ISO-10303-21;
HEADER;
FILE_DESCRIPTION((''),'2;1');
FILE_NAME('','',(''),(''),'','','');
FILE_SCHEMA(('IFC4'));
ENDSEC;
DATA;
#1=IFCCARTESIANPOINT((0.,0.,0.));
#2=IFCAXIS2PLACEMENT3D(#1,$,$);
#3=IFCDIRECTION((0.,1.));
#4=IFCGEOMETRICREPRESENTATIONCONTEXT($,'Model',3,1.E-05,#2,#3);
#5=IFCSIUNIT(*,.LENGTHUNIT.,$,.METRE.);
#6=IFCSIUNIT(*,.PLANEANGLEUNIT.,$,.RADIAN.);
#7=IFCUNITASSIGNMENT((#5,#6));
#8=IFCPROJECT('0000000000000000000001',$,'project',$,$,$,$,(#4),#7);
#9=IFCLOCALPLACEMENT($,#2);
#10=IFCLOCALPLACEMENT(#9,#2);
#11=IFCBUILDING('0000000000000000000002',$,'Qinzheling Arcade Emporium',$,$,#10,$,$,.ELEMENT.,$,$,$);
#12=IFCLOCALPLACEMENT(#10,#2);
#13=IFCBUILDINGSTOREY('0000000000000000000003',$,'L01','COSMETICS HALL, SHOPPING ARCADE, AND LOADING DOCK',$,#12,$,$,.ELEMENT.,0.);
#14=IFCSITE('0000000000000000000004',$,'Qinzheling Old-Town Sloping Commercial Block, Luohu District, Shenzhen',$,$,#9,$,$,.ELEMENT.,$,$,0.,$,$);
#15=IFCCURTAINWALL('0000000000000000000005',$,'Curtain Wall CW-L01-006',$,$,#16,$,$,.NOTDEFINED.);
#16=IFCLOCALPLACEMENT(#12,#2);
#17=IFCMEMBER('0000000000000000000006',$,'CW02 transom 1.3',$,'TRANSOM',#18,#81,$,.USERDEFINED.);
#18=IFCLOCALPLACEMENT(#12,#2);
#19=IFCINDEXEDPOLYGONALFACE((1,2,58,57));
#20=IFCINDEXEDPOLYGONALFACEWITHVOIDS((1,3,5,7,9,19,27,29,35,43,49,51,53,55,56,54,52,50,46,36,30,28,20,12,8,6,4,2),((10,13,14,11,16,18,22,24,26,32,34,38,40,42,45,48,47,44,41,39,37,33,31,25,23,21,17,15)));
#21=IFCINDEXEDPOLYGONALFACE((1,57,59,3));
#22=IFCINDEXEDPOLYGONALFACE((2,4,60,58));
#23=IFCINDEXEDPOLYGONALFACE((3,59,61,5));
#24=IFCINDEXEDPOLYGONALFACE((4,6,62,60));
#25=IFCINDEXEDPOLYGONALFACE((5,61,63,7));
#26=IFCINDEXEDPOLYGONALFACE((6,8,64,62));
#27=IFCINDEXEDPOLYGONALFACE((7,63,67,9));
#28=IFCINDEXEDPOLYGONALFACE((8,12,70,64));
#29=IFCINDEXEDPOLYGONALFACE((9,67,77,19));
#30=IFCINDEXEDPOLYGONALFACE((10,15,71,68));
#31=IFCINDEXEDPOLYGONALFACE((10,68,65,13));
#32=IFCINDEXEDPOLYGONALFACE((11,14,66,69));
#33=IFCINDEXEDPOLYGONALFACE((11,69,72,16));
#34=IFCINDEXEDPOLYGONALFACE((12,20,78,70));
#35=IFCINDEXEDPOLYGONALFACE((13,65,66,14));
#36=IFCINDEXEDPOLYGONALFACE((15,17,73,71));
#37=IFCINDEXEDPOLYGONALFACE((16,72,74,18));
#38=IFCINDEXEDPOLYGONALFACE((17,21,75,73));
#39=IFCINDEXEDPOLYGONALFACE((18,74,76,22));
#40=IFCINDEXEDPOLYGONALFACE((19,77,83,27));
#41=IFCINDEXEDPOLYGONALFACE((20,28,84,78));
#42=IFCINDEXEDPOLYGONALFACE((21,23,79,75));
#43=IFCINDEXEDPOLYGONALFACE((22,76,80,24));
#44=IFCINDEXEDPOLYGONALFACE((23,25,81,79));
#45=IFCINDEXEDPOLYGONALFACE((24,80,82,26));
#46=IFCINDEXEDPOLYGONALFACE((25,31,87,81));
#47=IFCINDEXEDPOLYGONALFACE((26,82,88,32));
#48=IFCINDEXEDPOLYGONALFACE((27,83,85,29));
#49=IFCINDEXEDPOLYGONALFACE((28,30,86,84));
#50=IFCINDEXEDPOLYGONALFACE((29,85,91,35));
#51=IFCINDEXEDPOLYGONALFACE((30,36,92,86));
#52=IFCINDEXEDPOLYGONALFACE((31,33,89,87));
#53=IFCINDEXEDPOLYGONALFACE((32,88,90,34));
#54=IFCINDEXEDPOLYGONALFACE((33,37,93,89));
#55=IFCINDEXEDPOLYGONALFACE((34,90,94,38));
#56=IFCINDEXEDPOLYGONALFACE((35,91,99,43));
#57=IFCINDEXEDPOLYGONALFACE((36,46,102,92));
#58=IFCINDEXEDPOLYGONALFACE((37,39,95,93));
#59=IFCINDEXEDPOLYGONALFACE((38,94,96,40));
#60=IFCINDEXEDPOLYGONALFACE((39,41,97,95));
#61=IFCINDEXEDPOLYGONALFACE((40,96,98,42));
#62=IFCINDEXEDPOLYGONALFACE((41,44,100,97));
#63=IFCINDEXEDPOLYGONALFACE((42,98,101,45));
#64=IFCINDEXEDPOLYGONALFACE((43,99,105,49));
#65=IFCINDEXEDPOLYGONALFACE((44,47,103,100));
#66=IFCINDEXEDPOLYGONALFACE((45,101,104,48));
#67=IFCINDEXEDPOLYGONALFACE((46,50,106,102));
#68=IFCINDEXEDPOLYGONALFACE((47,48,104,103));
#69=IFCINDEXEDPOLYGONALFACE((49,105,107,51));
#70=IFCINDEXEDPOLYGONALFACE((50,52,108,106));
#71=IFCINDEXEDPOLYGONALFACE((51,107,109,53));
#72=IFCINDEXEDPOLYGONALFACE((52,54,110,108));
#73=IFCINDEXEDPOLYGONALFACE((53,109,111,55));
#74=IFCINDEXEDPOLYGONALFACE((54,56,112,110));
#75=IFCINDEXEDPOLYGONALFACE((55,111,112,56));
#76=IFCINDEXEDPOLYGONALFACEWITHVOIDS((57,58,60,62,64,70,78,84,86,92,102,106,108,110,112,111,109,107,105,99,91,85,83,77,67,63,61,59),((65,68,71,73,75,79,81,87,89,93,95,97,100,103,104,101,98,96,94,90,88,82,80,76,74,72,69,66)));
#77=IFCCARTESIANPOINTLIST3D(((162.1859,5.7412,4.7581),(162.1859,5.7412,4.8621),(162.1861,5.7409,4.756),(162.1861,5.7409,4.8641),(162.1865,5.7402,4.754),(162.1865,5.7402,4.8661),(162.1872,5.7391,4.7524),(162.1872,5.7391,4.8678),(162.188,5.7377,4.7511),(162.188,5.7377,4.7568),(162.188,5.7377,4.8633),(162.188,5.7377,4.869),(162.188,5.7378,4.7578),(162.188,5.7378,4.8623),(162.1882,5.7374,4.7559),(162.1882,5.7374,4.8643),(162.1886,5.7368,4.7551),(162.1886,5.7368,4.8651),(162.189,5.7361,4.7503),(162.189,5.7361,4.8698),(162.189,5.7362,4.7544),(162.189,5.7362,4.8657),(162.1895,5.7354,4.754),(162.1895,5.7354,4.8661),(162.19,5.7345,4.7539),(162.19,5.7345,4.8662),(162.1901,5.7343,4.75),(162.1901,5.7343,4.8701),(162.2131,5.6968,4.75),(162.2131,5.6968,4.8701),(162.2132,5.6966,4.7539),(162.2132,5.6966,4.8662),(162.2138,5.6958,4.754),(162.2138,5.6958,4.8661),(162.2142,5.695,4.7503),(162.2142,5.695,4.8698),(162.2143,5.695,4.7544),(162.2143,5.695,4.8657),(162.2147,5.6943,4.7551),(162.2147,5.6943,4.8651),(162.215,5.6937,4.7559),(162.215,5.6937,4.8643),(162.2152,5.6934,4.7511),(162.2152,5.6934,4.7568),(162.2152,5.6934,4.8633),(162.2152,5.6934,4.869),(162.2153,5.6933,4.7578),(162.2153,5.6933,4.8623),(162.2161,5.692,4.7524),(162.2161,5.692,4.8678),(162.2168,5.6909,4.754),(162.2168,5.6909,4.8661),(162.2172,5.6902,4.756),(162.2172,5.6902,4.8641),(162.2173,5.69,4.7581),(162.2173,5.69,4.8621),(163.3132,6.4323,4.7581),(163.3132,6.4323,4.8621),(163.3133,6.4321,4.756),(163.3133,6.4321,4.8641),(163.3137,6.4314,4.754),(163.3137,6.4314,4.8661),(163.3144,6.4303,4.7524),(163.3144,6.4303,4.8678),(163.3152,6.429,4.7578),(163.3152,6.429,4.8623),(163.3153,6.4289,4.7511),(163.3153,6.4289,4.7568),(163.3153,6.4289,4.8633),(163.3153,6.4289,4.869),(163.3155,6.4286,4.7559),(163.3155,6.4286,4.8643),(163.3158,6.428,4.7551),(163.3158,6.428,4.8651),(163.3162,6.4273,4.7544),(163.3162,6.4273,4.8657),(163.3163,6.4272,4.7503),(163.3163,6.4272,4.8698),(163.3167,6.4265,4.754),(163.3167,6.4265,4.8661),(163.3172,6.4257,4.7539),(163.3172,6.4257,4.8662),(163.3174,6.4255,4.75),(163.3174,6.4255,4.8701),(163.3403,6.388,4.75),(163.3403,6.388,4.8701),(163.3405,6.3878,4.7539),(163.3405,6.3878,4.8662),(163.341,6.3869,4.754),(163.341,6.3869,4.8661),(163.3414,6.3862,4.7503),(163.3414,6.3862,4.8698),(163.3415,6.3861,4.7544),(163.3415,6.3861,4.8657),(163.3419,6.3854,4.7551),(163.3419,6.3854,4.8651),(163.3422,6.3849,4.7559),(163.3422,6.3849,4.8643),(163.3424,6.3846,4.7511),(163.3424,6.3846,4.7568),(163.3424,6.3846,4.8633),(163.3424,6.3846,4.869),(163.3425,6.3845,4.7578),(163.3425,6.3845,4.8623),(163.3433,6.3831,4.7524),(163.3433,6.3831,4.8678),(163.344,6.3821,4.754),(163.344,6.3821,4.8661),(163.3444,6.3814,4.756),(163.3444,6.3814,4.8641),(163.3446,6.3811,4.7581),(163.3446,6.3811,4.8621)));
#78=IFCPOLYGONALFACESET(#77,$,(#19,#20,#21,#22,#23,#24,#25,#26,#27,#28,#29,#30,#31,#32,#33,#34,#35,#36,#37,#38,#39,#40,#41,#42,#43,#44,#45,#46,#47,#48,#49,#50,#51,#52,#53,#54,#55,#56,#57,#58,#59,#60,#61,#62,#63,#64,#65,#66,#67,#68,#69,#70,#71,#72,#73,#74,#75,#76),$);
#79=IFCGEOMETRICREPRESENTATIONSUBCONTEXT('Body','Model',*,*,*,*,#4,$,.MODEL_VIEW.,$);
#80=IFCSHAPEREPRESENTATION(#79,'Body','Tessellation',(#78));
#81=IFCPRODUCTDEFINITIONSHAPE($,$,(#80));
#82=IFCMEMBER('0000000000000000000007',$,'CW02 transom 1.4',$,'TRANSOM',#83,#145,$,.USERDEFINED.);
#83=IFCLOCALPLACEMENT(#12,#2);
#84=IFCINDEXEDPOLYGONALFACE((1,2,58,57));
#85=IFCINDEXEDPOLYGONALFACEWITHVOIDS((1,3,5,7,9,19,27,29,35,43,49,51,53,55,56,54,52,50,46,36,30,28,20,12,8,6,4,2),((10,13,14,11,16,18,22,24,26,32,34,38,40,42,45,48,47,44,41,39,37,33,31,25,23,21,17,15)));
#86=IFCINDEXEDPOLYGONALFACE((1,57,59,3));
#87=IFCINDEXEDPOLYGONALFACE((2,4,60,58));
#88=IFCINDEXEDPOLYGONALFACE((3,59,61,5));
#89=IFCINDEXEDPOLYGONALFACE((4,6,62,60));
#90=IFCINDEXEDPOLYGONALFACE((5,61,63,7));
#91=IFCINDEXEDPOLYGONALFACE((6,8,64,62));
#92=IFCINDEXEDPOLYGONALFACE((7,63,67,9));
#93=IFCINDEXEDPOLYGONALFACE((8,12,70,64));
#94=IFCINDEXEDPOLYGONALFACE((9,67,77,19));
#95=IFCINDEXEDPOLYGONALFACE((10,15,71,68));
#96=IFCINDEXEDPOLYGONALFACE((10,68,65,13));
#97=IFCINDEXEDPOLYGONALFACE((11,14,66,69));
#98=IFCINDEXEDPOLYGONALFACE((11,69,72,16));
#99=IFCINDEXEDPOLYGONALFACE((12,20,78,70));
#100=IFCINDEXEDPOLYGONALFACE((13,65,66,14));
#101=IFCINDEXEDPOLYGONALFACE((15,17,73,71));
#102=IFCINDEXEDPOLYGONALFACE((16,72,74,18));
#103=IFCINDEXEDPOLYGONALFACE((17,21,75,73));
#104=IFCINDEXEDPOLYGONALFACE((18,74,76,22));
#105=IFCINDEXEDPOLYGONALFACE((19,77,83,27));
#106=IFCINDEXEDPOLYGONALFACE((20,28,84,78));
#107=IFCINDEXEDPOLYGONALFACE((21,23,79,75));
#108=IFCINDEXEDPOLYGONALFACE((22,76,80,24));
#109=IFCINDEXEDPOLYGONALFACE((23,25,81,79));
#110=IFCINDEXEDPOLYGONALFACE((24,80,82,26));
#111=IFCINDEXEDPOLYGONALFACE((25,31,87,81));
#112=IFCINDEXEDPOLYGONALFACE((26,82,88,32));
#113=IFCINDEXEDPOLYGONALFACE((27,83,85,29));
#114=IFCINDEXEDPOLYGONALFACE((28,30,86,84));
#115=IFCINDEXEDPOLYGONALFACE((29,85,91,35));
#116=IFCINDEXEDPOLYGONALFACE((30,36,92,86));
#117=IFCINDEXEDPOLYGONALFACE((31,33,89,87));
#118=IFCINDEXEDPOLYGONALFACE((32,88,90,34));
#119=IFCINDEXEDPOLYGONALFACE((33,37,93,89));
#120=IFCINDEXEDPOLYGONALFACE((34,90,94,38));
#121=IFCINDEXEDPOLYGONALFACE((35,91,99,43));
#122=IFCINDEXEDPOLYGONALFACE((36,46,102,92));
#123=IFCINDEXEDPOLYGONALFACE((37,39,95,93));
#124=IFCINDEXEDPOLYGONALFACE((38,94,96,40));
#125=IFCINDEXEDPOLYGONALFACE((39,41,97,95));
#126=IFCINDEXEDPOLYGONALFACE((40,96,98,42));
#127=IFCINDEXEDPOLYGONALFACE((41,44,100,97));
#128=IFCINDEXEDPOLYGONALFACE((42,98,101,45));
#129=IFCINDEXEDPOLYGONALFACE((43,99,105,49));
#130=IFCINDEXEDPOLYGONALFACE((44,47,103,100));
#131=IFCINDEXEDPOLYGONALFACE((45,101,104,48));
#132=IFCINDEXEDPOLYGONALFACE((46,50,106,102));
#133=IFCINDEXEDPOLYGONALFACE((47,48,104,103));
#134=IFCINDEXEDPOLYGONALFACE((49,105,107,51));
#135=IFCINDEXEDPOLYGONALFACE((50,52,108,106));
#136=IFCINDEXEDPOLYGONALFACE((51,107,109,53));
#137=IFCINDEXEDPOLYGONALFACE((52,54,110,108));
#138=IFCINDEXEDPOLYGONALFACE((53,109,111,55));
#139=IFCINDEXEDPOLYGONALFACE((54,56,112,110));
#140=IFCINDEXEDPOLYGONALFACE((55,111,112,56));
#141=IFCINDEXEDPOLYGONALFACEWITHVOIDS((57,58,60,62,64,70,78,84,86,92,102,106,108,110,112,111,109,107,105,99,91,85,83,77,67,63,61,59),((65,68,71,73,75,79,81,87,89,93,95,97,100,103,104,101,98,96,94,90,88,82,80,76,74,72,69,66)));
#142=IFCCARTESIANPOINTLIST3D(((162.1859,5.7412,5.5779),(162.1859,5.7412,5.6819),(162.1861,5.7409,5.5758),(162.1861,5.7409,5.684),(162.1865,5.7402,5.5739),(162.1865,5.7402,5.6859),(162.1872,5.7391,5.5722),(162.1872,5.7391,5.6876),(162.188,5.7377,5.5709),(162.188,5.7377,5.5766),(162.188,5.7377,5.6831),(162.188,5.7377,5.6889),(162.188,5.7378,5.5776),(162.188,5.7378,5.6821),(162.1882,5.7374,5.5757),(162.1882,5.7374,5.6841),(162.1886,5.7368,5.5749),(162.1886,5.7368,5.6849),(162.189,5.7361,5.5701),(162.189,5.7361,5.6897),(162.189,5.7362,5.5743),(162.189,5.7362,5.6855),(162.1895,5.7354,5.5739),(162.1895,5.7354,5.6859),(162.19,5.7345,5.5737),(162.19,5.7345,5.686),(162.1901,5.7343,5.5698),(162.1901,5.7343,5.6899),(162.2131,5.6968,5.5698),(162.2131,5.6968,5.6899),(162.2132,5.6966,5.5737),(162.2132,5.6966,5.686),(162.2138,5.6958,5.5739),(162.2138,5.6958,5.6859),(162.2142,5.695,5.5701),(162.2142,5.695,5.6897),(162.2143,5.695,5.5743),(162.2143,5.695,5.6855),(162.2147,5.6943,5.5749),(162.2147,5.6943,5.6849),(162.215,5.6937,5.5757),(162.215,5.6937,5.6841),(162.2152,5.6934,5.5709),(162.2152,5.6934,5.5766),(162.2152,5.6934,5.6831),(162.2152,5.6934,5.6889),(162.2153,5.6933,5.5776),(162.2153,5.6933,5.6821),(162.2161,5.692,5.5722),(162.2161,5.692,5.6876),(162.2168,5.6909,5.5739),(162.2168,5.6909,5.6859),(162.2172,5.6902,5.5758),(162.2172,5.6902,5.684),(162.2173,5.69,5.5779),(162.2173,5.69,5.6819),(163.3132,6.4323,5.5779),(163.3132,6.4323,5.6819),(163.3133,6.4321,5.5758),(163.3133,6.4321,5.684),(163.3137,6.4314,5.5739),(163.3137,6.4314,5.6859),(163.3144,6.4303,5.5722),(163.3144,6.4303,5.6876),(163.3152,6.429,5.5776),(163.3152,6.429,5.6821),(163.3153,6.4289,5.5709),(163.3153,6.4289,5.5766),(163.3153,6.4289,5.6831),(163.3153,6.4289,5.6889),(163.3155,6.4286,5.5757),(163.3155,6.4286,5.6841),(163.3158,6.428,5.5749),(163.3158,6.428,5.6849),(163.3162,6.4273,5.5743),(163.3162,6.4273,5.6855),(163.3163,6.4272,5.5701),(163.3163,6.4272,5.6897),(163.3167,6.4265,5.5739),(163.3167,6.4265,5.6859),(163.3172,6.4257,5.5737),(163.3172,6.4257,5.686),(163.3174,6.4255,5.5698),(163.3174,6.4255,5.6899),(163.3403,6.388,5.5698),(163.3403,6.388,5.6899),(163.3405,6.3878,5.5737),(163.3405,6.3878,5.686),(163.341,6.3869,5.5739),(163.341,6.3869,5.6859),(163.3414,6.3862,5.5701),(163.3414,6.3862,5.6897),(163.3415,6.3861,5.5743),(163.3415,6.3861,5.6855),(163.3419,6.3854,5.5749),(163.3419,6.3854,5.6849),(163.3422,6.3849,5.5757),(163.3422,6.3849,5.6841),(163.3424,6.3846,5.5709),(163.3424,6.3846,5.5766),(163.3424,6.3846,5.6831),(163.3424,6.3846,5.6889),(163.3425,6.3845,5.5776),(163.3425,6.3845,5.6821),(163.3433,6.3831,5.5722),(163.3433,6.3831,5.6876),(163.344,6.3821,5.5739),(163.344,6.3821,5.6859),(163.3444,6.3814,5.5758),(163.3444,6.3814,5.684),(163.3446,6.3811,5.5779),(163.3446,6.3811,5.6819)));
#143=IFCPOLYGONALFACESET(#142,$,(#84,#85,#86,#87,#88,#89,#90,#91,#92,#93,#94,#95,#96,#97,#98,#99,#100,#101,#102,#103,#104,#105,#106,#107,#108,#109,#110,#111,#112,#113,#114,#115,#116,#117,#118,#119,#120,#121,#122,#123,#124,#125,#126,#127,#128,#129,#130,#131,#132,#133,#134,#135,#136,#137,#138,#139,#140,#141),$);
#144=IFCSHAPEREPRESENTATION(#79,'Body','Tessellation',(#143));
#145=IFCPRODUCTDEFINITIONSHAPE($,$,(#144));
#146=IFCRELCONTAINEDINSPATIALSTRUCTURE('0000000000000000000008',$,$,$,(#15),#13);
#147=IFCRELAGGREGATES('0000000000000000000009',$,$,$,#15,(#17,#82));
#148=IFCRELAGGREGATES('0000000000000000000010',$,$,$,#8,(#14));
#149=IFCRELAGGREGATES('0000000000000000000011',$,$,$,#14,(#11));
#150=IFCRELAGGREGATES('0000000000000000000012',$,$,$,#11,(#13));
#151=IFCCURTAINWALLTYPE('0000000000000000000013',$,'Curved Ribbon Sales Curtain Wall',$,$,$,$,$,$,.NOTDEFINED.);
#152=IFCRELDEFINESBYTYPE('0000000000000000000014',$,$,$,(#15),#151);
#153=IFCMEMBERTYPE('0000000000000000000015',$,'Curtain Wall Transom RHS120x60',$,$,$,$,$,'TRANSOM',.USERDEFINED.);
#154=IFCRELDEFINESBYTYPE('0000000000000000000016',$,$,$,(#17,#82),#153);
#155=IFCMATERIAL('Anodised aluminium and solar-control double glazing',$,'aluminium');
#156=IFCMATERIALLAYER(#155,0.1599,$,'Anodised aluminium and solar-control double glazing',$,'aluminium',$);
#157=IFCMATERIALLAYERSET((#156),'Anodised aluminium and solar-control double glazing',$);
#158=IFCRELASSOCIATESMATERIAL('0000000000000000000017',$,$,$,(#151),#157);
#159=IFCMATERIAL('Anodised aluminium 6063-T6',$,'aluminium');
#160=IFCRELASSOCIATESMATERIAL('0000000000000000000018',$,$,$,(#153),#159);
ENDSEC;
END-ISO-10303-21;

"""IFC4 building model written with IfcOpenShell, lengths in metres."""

from ifc_helpers import new_model, si_unit, direction, frame, origin, origin_2d, place, context, subcontext, project, spatial, hollow_rectangle, extrude, material, layer, layer_set, material_profile, profile_set, type_object, element, aggregate, save


model = new_model("IFC4")

# Units and contexts
model_context = context("Model", 3, precision=1e-05, world=origin(), true_north=direction((0.0, 1.0)))
body_context = subcontext(model_context, "Body", "Model", "MODEL_VIEW")
ifc_project = project(units=[si_unit("LENGTHUNIT", "METRE"), si_unit("PLANEANGLEUNIT", "RADIAN")], contexts=[model_context])

# Site, building, storey
site_placement = place(None, origin())
site = spatial("IfcSite", under=ifc_project, at=site_placement, Name="Qinzheling Old-Town Sloping Commercial Block, Luohu District, Shenzhen", CompositionType="ELEMENT", RefElevation=0.0)
building_placement = place(site_placement, origin())
building = spatial("IfcBuilding", under=site, at=building_placement, Name="Qinzheling Arcade Emporium", CompositionType="ELEMENT")
storey_placement = place(building_placement, origin())
storey = spatial("IfcBuildingStorey", under=building, at=storey_placement, Name="L01", Description="COSMETICS HALL, SHOPPING ARCADE, AND LOADING DOCK", CompositionType="ELEMENT", Elevation=0.0)

# Shared definitions
ifc_material_1 = material(Name="Anodised aluminium and solar-control double glazing", Category="aluminium")
ifc_layer_1 = layer(ifc_material_1, 0.1599, Name="Anodised aluminium and solar-control double glazing", Category="aluminium")
ifc_layer_set_1 = layer_set([ifc_layer_1], Name="Anodised aluminium and solar-control double glazing")
curtain_wall_type = type_object("IfcCurtainWallType", Name="Curved Ribbon Sales Curtain Wall", PredefinedType="NOTDEFINED", material=ifc_layer_set_1)
ifc_material_2 = material(Name="Anodised aluminium 6063-T6", Category="aluminium")

# Curtain wall
curtain_wall_1_placement = place(storey_placement, origin())
curtain_wall_1 = element("IfcCurtainWall", 1, at=curtain_wall_1_placement, inside=storey, type_object=curtain_wall_type, Name="Curtain Wall CW-L01-006", PredefinedType="NOTDEFINED")

# Members
ifc_material_profile_1 = material_profile(ifc_material_2, hollow_rectangle(XDim=0.0601, YDim=0.1201, WallThickness=0.0039, InnerFilletRadius=0.0039, OuterFilletRadius=0.0081, at=origin_2d()), Name="RHS 120x60x4", Category="aluminium")
ifc_profile_set_1 = profile_set([ifc_material_profile_1], Name="Anodised aluminium 6063-T6")
member_type_1 = type_object("IfcMemberType", Name="Curtain Wall Transom RHS120x60", ElementType="TRANSOM", PredefinedType="USERDEFINED", material=ifc_profile_set_1)
member_1_placement = place(storey_placement, frame((163.3289, 6.4067, 4.8101), z_axis=(-0.8525, -0.522727, 0.0), x_axis=(0.522727, -0.8525, 0.0)))
member_1 = element("IfcMember", 2, at=member_1_placement, type_object=member_type_1, Name="CW02 transom 1.3", ObjectType="TRANSOM", PredefinedType="USERDEFINED", context=body_context, shape_type="SweptSolid", body=[
    extrude(hollow_rectangle(XDim=0.0601, YDim=0.1201, WallThickness=0.0039, InnerFilletRadius=0.0039, OuterFilletRadius=0.0081, at=origin_2d()), origin(), (0.0, 0.0, 1.0), 1.3223),
])
member_2_placement = place(storey_placement, frame((163.3289, 6.4067, 5.6299), z_axis=(-0.8525, -0.522727, 0.0), x_axis=(0.522727, -0.8525, 0.0)))
member_2 = element("IfcMember", 3, at=member_2_placement, type_object=member_type_1, Name="CW02 transom 1.4", ObjectType="TRANSOM", PredefinedType="USERDEFINED", context=body_context, shape_type="SweptSolid", body=[
    extrude(hollow_rectangle(XDim=0.0601, YDim=0.1201, WallThickness=0.0039, InnerFilletRadius=0.0039, OuterFilletRadius=0.0081, at=origin_2d()), origin(), (0.0, 0.0, 1.0), 1.3223),
])

aggregate(curtain_wall_1, [member_1, member_2])

save(model, "model.ifc")
